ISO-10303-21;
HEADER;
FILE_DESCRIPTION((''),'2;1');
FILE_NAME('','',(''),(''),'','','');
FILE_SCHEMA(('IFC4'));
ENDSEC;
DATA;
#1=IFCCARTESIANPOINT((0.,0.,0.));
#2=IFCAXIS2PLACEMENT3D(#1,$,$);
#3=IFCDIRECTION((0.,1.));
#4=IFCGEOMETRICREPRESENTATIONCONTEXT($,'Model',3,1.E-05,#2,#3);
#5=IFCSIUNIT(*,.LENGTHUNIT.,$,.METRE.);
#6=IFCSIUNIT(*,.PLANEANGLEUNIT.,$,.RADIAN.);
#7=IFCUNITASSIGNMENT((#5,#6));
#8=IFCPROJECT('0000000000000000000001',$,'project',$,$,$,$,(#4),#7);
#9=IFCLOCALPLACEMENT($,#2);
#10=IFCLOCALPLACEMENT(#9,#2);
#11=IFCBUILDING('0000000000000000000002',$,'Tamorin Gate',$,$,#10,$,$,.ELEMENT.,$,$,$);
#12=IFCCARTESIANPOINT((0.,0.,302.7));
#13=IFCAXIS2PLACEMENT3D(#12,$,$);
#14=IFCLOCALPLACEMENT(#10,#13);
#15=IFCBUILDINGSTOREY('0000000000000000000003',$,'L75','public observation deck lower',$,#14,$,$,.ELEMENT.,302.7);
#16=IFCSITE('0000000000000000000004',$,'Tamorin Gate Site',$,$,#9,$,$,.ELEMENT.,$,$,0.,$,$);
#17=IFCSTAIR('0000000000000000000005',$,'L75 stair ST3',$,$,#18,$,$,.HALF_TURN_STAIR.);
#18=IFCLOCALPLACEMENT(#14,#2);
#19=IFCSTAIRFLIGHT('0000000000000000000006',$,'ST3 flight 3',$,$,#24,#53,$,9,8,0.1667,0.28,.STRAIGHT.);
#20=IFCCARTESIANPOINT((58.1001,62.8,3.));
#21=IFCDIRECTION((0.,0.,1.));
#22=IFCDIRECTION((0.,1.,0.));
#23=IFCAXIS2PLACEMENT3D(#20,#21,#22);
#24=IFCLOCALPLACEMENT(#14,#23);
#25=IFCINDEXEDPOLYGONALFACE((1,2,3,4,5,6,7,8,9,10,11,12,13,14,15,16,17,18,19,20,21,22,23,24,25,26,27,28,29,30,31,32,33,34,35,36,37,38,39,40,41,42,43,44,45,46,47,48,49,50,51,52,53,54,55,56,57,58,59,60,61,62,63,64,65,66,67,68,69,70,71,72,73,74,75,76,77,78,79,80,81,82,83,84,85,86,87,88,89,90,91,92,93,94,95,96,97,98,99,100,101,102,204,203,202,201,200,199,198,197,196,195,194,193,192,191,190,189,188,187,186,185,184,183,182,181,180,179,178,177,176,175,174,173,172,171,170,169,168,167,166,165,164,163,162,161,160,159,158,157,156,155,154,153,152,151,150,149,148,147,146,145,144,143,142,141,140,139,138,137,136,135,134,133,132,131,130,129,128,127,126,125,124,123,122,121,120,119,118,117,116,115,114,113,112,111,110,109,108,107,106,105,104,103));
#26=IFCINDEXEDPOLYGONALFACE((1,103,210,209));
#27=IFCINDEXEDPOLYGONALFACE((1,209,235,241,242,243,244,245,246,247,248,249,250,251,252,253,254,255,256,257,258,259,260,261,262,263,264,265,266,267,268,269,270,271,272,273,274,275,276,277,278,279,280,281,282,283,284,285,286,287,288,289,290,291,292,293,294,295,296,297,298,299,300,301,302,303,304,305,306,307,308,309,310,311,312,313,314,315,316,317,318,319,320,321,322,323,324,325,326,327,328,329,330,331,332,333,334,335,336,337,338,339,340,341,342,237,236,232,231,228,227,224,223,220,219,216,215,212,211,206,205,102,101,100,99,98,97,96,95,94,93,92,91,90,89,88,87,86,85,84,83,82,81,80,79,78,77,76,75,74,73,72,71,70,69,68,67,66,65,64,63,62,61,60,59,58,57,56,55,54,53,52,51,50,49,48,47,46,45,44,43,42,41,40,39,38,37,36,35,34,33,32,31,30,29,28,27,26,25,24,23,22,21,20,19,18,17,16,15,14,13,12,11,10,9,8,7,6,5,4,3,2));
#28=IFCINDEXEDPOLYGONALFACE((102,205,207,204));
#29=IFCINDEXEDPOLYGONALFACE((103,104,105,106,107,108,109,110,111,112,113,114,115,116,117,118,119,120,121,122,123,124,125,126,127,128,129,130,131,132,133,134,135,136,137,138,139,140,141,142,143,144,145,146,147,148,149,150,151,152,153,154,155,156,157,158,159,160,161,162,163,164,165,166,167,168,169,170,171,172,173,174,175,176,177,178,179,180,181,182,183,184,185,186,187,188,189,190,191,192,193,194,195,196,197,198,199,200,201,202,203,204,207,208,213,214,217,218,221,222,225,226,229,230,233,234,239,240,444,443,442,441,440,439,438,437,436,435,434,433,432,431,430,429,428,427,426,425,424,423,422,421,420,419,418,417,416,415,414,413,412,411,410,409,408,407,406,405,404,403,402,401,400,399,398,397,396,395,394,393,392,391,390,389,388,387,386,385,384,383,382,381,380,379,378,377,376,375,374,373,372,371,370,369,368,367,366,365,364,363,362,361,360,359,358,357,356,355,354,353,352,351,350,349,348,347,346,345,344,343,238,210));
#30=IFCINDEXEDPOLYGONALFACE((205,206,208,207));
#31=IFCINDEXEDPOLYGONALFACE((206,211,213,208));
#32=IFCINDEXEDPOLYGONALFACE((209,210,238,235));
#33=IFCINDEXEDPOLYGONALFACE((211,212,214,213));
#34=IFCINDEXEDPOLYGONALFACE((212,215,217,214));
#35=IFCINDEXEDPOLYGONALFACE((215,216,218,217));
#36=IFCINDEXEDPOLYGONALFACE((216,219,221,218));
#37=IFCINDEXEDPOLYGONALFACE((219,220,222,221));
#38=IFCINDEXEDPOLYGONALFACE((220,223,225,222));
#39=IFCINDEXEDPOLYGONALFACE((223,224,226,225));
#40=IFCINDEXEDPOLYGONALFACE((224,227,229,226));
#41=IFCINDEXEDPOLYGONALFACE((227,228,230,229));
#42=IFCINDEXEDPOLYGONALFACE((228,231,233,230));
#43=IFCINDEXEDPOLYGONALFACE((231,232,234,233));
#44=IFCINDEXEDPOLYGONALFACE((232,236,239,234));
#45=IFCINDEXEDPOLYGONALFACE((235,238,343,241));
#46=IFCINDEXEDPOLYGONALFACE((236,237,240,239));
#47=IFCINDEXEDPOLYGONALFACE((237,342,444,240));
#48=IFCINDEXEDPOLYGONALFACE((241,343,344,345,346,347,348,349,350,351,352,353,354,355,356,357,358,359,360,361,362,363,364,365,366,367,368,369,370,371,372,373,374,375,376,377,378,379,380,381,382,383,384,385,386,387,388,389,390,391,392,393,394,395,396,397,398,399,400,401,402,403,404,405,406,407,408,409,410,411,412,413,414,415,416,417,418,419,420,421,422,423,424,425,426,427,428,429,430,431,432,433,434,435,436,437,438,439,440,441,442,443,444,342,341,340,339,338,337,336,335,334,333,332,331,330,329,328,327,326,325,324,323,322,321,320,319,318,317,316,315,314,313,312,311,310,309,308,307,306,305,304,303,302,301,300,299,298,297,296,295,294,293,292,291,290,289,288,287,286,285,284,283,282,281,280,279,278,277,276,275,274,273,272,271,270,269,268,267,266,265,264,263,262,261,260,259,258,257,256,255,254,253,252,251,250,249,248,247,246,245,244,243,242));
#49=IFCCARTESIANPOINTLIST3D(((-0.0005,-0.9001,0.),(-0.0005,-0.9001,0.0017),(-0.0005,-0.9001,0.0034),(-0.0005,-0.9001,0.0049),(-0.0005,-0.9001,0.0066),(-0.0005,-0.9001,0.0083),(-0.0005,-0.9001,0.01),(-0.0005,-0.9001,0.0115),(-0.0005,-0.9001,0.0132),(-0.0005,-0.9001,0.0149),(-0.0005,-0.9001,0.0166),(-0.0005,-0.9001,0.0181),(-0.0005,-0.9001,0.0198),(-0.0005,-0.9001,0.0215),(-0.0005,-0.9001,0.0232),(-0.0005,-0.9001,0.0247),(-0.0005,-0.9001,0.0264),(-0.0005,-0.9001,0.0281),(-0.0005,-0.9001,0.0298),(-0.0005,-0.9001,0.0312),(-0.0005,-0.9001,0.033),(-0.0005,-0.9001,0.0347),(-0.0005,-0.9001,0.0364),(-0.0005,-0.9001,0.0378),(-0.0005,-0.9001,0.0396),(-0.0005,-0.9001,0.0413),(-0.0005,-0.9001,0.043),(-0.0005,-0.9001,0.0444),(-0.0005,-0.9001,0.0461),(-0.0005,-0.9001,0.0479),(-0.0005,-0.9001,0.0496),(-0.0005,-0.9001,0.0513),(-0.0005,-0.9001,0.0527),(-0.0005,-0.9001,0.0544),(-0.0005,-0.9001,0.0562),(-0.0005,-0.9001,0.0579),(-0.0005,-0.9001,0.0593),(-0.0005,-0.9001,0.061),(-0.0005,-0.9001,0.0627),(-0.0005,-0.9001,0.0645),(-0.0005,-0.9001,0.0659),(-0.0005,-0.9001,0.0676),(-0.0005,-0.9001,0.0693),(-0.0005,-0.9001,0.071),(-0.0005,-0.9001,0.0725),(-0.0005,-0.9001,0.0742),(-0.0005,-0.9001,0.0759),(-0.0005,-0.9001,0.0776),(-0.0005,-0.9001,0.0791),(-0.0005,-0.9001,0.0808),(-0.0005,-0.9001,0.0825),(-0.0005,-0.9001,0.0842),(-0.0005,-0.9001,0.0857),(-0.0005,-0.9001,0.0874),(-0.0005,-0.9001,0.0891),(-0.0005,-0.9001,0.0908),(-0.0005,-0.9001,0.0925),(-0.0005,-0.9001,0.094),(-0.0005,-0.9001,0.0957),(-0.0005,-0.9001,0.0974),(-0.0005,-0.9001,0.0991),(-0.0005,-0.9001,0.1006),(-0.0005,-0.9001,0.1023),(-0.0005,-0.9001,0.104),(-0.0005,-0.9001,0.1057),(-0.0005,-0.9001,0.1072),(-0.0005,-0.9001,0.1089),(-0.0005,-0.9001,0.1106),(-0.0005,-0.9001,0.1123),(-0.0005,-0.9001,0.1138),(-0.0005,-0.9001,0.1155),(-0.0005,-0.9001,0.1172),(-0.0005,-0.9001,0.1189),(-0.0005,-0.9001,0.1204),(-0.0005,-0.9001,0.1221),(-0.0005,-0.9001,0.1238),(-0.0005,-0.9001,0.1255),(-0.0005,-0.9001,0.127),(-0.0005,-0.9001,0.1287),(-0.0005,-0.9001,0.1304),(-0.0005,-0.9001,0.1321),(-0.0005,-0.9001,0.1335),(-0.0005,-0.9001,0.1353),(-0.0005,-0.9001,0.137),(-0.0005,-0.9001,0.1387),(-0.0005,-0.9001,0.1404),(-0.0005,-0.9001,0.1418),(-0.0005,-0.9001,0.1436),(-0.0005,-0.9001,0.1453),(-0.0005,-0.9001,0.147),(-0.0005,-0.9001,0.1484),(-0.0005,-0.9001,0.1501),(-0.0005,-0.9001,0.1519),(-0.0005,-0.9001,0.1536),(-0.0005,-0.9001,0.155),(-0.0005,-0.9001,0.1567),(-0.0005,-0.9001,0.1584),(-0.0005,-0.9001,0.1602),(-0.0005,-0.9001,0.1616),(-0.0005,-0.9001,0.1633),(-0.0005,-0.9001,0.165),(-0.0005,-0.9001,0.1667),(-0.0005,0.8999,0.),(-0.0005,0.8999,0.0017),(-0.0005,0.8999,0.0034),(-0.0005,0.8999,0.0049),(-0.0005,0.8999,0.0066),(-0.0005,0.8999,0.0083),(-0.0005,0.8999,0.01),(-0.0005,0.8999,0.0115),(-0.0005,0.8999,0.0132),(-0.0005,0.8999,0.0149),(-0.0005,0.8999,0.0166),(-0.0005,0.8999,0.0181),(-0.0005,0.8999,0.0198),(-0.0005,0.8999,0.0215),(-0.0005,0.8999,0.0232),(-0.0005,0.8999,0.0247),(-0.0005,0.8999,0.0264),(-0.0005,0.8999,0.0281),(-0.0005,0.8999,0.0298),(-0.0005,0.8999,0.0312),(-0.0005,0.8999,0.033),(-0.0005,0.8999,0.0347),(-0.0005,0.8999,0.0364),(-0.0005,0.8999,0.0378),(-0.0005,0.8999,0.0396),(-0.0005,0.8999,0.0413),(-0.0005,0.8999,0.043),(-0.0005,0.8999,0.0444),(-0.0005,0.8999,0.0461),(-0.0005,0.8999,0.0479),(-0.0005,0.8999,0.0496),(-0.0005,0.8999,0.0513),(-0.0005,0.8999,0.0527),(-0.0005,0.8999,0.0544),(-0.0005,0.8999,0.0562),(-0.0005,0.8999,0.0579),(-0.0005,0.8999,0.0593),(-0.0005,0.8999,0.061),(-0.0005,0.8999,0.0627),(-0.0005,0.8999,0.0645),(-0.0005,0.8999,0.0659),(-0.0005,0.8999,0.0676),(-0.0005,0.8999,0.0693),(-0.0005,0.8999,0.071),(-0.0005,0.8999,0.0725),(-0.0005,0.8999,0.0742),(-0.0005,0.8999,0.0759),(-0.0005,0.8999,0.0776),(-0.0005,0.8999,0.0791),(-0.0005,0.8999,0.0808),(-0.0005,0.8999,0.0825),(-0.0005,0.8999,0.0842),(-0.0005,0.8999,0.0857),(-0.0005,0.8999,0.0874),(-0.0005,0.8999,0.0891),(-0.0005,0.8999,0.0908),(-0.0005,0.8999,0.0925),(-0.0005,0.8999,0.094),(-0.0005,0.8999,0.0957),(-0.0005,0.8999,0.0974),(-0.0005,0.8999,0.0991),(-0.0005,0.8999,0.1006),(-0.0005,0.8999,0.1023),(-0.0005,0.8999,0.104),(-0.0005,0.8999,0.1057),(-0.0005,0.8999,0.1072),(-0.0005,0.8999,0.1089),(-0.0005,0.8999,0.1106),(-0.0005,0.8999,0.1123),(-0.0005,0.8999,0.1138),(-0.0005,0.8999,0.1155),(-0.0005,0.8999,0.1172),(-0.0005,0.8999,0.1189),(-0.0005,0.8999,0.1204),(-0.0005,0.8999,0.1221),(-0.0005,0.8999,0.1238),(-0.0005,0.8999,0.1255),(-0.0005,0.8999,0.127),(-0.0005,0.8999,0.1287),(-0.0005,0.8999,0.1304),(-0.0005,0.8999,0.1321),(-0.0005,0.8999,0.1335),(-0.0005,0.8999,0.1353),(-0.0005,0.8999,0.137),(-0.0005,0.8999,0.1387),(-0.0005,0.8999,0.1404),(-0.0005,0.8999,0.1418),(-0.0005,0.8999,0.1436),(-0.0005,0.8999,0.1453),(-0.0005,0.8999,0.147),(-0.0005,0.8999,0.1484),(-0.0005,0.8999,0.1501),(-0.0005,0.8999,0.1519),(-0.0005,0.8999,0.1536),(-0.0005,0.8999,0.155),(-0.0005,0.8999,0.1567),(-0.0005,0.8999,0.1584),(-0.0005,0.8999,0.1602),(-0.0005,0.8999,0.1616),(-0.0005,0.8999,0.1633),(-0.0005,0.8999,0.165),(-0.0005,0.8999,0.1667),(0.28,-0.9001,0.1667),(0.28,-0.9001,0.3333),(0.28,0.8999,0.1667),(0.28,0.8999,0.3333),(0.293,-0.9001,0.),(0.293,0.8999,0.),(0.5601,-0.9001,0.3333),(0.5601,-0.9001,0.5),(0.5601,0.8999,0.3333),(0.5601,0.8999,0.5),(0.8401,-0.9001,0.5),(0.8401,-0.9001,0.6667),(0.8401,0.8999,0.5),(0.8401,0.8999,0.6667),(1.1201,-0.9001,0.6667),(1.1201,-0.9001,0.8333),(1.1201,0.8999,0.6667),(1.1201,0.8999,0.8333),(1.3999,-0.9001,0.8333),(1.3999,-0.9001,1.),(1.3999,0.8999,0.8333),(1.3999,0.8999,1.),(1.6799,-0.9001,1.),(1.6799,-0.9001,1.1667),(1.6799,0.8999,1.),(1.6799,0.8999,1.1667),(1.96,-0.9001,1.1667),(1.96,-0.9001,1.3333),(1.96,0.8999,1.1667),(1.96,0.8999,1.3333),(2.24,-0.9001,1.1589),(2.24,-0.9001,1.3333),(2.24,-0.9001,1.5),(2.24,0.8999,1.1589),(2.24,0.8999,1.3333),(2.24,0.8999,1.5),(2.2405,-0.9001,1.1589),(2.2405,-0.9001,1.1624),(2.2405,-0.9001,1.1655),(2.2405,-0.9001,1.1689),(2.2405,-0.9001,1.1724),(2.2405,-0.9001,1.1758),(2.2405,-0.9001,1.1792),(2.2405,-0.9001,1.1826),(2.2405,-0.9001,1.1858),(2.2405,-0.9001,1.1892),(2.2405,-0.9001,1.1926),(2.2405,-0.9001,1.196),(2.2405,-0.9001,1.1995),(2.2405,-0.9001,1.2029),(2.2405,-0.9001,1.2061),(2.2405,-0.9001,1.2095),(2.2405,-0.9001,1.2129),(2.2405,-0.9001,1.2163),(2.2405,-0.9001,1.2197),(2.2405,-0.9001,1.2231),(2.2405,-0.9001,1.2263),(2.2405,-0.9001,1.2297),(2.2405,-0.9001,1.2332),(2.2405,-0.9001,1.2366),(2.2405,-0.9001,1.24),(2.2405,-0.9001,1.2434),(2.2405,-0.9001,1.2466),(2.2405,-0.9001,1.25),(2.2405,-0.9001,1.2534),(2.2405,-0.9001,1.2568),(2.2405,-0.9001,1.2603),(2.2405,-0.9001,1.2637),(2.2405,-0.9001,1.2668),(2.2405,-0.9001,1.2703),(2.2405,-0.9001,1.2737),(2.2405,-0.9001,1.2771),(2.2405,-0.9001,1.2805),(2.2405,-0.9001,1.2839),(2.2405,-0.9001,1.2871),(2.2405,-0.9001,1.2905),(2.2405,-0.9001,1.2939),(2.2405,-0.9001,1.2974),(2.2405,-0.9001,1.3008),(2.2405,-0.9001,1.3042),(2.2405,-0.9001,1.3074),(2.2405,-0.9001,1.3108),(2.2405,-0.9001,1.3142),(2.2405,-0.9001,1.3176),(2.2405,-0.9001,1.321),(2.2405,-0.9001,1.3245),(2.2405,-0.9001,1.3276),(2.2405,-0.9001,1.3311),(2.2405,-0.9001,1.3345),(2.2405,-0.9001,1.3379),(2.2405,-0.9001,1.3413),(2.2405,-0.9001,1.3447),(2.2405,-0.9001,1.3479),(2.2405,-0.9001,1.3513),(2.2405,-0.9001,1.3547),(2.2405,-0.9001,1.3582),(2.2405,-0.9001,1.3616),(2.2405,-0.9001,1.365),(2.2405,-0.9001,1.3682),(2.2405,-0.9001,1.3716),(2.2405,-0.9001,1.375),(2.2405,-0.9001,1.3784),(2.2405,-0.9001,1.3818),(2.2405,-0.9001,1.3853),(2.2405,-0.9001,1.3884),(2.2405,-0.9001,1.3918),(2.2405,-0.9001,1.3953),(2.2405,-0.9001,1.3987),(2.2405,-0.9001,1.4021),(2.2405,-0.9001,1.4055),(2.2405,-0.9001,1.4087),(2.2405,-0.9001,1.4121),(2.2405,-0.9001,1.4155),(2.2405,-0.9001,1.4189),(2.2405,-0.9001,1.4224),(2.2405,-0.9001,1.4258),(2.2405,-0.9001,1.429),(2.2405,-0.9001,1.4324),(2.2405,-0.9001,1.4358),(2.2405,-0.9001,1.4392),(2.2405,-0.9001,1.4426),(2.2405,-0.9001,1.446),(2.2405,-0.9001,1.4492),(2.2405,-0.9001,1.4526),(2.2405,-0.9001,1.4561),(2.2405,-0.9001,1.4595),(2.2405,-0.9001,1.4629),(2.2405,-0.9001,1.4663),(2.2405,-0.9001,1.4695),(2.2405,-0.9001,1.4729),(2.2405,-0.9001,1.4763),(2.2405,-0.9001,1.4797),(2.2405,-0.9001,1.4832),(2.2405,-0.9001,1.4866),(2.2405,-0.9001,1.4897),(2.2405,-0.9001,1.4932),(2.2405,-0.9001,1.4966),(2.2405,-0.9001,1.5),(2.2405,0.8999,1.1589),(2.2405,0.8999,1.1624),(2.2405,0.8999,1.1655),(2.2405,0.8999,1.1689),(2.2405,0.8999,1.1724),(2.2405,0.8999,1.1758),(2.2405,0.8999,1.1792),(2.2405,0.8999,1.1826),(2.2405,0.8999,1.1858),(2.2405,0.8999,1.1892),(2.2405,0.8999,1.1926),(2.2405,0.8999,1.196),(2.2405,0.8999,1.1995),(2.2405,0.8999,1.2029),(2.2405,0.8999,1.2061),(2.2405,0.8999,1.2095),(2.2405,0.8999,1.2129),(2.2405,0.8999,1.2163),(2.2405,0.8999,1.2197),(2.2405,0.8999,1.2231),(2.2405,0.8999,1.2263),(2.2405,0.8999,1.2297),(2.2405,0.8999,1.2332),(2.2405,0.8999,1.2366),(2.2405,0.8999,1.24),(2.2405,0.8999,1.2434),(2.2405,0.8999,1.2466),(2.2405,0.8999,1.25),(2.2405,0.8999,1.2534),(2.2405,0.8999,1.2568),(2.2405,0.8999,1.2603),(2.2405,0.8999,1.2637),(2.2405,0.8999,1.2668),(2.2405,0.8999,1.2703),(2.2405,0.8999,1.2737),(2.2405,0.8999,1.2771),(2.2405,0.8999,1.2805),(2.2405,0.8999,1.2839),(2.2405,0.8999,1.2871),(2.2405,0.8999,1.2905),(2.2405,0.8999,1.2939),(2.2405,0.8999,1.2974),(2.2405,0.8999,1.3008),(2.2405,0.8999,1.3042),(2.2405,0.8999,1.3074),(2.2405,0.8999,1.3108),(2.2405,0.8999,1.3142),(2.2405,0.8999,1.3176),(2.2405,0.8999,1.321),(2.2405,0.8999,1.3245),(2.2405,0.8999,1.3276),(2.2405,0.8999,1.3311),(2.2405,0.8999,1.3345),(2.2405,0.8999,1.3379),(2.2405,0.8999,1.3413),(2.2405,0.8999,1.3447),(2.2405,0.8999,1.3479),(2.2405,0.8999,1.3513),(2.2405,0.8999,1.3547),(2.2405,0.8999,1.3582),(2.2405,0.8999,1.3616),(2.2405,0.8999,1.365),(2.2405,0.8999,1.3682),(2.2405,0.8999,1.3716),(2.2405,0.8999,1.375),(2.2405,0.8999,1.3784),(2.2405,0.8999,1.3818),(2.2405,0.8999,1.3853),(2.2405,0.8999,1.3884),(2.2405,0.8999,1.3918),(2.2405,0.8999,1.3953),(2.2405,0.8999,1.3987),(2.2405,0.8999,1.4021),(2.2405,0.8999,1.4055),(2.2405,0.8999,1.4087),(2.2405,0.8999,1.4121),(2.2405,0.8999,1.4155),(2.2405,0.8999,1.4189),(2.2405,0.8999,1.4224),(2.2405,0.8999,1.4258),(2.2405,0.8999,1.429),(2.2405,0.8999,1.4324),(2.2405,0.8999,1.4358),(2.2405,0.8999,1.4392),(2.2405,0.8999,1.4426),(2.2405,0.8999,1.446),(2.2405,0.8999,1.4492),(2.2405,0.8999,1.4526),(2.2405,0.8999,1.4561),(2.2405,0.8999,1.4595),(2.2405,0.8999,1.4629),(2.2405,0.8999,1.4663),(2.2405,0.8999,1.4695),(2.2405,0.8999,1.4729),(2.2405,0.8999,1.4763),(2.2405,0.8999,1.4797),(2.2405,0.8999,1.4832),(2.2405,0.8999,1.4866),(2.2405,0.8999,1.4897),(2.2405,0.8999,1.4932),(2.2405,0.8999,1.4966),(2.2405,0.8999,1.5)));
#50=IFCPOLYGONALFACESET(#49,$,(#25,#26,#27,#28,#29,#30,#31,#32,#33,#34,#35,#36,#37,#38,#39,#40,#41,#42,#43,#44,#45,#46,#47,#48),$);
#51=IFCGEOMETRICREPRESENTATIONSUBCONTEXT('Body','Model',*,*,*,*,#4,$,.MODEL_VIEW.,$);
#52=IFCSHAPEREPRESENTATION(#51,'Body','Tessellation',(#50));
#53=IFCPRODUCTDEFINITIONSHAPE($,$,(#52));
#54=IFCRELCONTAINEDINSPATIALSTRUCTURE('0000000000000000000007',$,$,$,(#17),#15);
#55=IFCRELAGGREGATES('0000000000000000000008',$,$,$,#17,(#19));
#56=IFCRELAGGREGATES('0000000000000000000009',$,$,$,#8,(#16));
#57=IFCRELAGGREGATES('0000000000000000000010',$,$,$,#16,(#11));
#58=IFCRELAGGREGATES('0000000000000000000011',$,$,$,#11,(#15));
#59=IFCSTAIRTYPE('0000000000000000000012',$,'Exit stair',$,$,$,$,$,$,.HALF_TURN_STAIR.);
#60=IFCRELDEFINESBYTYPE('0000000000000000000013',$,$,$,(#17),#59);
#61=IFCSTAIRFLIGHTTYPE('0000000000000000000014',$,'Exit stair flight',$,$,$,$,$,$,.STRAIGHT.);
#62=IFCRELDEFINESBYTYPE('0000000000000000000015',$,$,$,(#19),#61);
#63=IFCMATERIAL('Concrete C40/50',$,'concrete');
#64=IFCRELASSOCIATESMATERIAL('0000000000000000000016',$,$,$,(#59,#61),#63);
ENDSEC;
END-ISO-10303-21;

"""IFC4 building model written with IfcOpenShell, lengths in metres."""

from ifc_helpers import new_model, si_unit, direction, frame, origin, place, context, subcontext, project, spatial, polyline, outline, extrude, material, type_object, element, aggregate, save


model = new_model("IFC4")

# Units and contexts
model_context = context("Model", 3, precision=1e-05, world=origin(), true_north=direction((0.0, 1.0)))
body_context = subcontext(model_context, "Body", "Model", "MODEL_VIEW")
ifc_project = project(units=[si_unit("LENGTHUNIT", "METRE"), si_unit("PLANEANGLEUNIT", "RADIAN")], contexts=[model_context])

# Site, building, storey
site_placement = place(None, origin())
site = spatial("IfcSite", under=ifc_project, at=site_placement, Name="Tamorin Gate Site", CompositionType="ELEMENT", RefElevation=0.0)
building_placement = place(site_placement, origin())
building = spatial("IfcBuilding", under=site, at=building_placement, Name="Tamorin Gate", CompositionType="ELEMENT")
storey_placement = place(building_placement, frame((0.0, 0.0, 302.7)))
storey = spatial("IfcBuildingStorey", under=building, at=storey_placement, Name="L75", Description="public observation deck lower", CompositionType="ELEMENT", Elevation=302.7)

# Shared definitions
ifc_material_1 = material(Name="Concrete C40/50", Category="concrete")

# Stair, stair flight
stair_type = type_object("IfcStairType", Name="Exit stair", PredefinedType="HALF_TURN_STAIR", material=ifc_material_1)
stair_placement = place(storey_placement, origin())
stair = element("IfcStair", 1, at=stair_placement, inside=storey, type_object=stair_type, Name="L75 stair ST3", PredefinedType="HALF_TURN_STAIR")
stair_flight_type = type_object("IfcStairFlightType", Name="Exit stair flight", PredefinedType="STRAIGHT", material=ifc_material_1)
stair_flight_1_placement = place(storey_placement, frame((58.1001, 62.8, 3.0), z_axis=(0.0, 0.0, 1.0), x_axis=(0.0, 1.0, 0.0)))
stair_flight_1 = element("IfcStairFlight", 2, at=stair_flight_1_placement, type_object=stair_flight_type, Name="ST3 flight 3", NumberOfRisers=9, NumberOfTreads=8, PredefinedType="STRAIGHT", RiserHeight=0.1667, TreadLength=0.28, context=body_context, shape_type="SweptSolid", body=[
    extrude(outline(polyline([(-0.0005, 0.0), (-0.0005, 0.0017), (-0.0005, 0.0034), (-0.0005, 0.0049), (-0.0005, 0.0066), (-0.0005, 0.0083), (-0.0005, 0.01), (-0.0005, 0.0115), (-0.0005, 0.0132), (-0.0005, 0.0149), (-0.0005, 0.0166), (-0.0005, 0.0181), (-0.0005, 0.0198), (-0.0005, 0.0215), (-0.0005, 0.0232), (-0.0005, 0.0247), (-0.0005, 0.0264), (-0.0005, 0.0281), (-0.0005, 0.0298), (-0.0005, 0.0312), (-0.0005, 0.033), (-0.0005, 0.0347), (-0.0005, 0.0364), (-0.0005, 0.0378), (-0.0005, 0.0396), (-0.0005, 0.0413), (-0.0005, 0.043), (-0.0005, 0.0444), (-0.0005, 0.0461), (-0.0005, 0.0479), (-0.0005, 0.0496), (-0.0005, 0.0513), (-0.0005, 0.0527), (-0.0005, 0.0544), (-0.0005, 0.0562), (-0.0005, 0.0579), (-0.0005, 0.0593), (-0.0005, 0.061), (-0.0005, 0.0627), (-0.0005, 0.0645), (-0.0005, 0.0659), (-0.0005, 0.0676), (-0.0005, 0.0693), (-0.0005, 0.071), (-0.0005, 0.0725), (-0.0005, 0.0742), (-0.0005, 0.0759), (-0.0005, 0.0776), (-0.0005, 0.0791), (-0.0005, 0.0808), (-0.0005, 0.0825), (-0.0005, 0.0842), (-0.0005, 0.0857), (-0.0005, 0.0874), (-0.0005, 0.0891), (-0.0005, 0.0908), (-0.0005, 0.0925), (-0.0005, 0.094), (-0.0005, 0.0957), (-0.0005, 0.0974), (-0.0005, 0.0991), (-0.0005, 0.1006), (-0.0005, 0.1023), (-0.0005, 0.104), (-0.0005, 0.1057), (-0.0005, 0.1072), (-0.0005, 0.1089), (-0.0005, 0.1106), (-0.0005, 0.1123), (-0.0005, 0.1138), (-0.0005, 0.1155), (-0.0005, 0.1172), (-0.0005, 0.1189), (-0.0005, 0.1204), (-0.0005, 0.1221), (-0.0005, 0.1238), (-0.0005, 0.1255), (-0.0005, 0.127), (-0.0005, 0.1287), (-0.0005, 0.1304), (-0.0005, 0.1321), (-0.0005, 0.1335), (-0.0005, 0.1353), (-0.0005, 0.137), (-0.0005, 0.1387), (-0.0005, 0.1404), (-0.0005, 0.1418), (-0.0005, 0.1436), (-0.0005, 0.1453), (-0.0005, 0.147), (-0.0005, 0.1484), (-0.0005, 0.1501), (-0.0005, 0.1519), (-0.0005, 0.1536), (-0.0005, 0.155), (-0.0005, 0.1567), (-0.0005, 0.1584), (-0.0005, 0.1602), (-0.0005, 0.1616), (-0.0005, 0.1633), (-0.0005, 0.165), (-0.0005, 0.1667), (0.28, 0.1667), (0.28, 0.3333), (0.5601, 0.3333), (0.5601, 0.5), (0.8401, 0.5), (0.8401, 0.6667), (1.1201, 0.6667), (1.1201, 0.8333), (1.3999, 0.8333), (1.3999, 1.0), (1.6799, 1.0), (1.6799, 1.1667), (1.96, 1.1667), (1.96, 1.3333), (2.24, 1.3333), (2.24, 1.5), (2.2405, 1.5), (2.2405, 1.4966), (2.2405, 1.4932), (2.2405, 1.4897), (2.2405, 1.4866), (2.2405, 1.4832), (2.2405, 1.4797), (2.2405, 1.4763), (2.2405, 1.4729), (2.2405, 1.4695), (2.2405, 1.4663), (2.2405, 1.4629), (2.2405, 1.4595), (2.2405, 1.4561), (2.2405, 1.4526), (2.2405, 1.4492), (2.2405, 1.446), (2.2405, 1.4426), (2.2405, 1.4392), (2.2405, 1.4358), (2.2405, 1.4324), (2.2405, 1.429), (2.2405, 1.4258), (2.2405, 1.4224), (2.2405, 1.4189), (2.2405, 1.4155), (2.2405, 1.4121), (2.2405, 1.4087), (2.2405, 1.4055), (2.2405, 1.4021), (2.2405, 1.3987), (2.2405, 1.3953), (2.2405, 1.3918), (2.2405, 1.3884), (2.2405, 1.3853), (2.2405, 1.3818), (2.2405, 1.3784), (2.2405, 1.375), (2.2405, 1.3716), (2.2405, 1.3682), (2.2405, 1.365), (2.2405, 1.3616), (2.2405, 1.3582), (2.2405, 1.3547), (2.2405, 1.3513), (2.2405, 1.3479), (2.2405, 1.3447), (2.2405, 1.3413), (2.2405, 1.3379), (2.2405, 1.3345), (2.2405, 1.3311), (2.2405, 1.3276), (2.2405, 1.3245), (2.2405, 1.321), (2.2405, 1.3176), (2.2405, 1.3142), (2.2405, 1.3108), (2.2405, 1.3074), (2.2405, 1.3042), (2.2405, 1.3008), (2.2405, 1.2974), (2.2405, 1.2939), (2.2405, 1.2905), (2.2405, 1.2871), (2.2405, 1.2839), (2.2405, 1.2805), (2.2405, 1.2771), (2.2405, 1.2737), (2.2405, 1.2703), (2.2405, 1.2668), (2.2405, 1.2637), (2.2405, 1.2603), (2.2405, 1.2568), (2.2405, 1.2534), (2.2405, 1.25), (2.2405, 1.2466), (2.2405, 1.2434), (2.2405, 1.24), (2.2405, 1.2366), (2.2405, 1.2332), (2.2405, 1.2297), (2.2405, 1.2263), (2.2405, 1.2231), (2.2405, 1.2197), (2.2405, 1.2163), (2.2405, 1.2129), (2.2405, 1.2095), (2.2405, 1.2061), (2.2405, 1.2029), (2.2405, 1.1995), (2.2405, 1.196), (2.2405, 1.1926), (2.2405, 1.1892), (2.2405, 1.1858), (2.2405, 1.1826), (2.2405, 1.1792), (2.2405, 1.1758), (2.2405, 1.1724), (2.2405, 1.1689), (2.2405, 1.1655), (2.2405, 1.1624), (2.2405, 1.1589), (2.24, 1.1589), (0.293, 0.0), (-0.0005, 0.0)])), frame((0.0, 0.8999, 0.0), z_axis=(0.0, -1.0, 0.0), x_axis=(1.0, 0.0, 0.0)), (0.0, 0.0, 1.0), 1.8),
])
aggregate(stair, [stair_flight_1])

save(model, "model.ifc")
